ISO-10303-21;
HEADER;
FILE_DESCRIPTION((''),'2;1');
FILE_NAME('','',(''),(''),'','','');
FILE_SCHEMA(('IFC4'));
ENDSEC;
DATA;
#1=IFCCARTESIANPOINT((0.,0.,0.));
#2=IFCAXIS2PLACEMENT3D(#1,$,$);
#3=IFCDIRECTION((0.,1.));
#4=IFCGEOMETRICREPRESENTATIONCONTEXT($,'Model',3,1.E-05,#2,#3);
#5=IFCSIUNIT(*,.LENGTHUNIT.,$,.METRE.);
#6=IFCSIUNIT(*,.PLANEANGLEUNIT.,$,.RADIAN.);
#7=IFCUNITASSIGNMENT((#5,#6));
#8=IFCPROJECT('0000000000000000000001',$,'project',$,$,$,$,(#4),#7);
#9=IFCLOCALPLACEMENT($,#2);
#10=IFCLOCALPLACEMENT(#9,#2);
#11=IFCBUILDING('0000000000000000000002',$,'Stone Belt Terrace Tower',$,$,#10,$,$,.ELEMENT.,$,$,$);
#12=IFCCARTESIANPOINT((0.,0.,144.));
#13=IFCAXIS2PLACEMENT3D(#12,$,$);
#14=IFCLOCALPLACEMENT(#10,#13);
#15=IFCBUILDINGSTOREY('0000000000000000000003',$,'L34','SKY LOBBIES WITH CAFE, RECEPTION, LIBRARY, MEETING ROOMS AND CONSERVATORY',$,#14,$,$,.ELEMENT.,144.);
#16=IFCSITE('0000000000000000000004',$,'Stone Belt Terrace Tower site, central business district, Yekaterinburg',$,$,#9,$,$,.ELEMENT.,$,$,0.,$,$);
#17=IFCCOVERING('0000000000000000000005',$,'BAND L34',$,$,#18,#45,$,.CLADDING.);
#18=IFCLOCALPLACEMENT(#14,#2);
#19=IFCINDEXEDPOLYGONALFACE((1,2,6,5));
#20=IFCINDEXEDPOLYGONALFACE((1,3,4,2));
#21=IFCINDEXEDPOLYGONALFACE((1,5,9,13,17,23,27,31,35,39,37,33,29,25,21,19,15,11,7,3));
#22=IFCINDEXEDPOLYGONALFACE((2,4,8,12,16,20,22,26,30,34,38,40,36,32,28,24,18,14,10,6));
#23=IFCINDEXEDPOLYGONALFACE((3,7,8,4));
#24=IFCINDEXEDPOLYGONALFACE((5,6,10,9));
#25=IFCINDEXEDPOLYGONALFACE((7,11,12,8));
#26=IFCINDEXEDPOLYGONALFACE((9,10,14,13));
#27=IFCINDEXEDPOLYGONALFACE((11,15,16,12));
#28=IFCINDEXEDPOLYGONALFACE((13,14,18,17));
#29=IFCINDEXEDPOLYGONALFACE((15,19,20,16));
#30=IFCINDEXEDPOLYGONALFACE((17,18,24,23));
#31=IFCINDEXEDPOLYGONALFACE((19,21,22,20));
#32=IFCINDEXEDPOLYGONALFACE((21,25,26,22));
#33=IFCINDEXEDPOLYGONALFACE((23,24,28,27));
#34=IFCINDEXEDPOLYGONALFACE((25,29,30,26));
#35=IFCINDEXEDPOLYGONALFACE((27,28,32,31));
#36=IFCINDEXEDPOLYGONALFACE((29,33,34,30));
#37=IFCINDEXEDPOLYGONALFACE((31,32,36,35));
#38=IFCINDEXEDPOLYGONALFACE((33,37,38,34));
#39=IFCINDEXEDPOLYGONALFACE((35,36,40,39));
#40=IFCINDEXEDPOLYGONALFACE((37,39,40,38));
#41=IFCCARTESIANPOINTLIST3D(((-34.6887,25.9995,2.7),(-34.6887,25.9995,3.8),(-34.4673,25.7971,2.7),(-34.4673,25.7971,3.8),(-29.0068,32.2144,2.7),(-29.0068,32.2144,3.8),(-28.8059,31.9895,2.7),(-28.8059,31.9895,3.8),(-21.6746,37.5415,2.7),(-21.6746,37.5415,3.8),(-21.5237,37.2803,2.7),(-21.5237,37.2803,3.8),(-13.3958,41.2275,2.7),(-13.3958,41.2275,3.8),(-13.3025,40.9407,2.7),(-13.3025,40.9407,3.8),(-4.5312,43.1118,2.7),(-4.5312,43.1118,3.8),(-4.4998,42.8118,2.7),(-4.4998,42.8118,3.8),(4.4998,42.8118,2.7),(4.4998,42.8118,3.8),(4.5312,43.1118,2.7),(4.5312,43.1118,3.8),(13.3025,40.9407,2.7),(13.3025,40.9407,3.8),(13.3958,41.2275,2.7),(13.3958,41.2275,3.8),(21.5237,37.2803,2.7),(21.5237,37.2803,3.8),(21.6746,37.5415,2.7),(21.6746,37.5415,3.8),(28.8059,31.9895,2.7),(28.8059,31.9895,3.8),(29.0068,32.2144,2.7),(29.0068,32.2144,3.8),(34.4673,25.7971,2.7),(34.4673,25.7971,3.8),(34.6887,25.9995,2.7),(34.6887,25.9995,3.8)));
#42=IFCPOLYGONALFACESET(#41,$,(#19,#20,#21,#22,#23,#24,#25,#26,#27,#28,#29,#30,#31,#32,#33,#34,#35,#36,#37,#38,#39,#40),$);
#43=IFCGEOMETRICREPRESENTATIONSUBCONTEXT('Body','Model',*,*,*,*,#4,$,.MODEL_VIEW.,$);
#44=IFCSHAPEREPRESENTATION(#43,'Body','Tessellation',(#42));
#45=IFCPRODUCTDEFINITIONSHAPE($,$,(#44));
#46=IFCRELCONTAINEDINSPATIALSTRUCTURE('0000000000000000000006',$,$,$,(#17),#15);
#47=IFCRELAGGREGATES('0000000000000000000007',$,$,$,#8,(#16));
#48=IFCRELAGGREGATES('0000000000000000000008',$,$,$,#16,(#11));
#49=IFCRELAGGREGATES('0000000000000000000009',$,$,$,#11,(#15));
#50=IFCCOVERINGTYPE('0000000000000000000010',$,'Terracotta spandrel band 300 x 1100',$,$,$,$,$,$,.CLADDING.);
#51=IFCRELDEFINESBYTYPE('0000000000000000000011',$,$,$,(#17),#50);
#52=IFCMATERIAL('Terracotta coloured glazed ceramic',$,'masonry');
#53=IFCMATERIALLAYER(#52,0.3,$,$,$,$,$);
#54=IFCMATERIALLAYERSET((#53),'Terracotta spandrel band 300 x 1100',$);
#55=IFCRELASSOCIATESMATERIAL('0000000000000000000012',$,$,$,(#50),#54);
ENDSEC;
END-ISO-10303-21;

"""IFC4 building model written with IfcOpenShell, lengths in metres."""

from ifc_helpers import new_model, si_unit, direction, frame, origin, place, context, subcontext, project, spatial, polyline, outline, extrude, material, layer, layer_set, type_object, element, save


model = new_model("IFC4")

# Units and contexts
model_context = context("Model", 3, precision=1e-05, world=origin(), true_north=direction((0.0, 1.0)))
body_context = subcontext(model_context, "Body", "Model", "MODEL_VIEW")
ifc_project = project(units=[si_unit("LENGTHUNIT", "METRE"), si_unit("PLANEANGLEUNIT", "RADIAN")], contexts=[model_context])

# Site, building, storey
site_placement = place(None, origin())
site = spatial("IfcSite", under=ifc_project, at=site_placement, Name="Stone Belt Terrace Tower site, central business district, Yekaterinburg", CompositionType="ELEMENT", RefElevation=0.0)
building_placement = place(site_placement, origin())
building = spatial("IfcBuilding", under=site, at=building_placement, Name="Stone Belt Terrace Tower", CompositionType="ELEMENT")
storey_placement = place(building_placement, frame((0.0, 0.0, 144.0)))
storey = spatial("IfcBuildingStorey", under=building, at=storey_placement, Name="L34", Description="SKY LOBBIES WITH CAFE, RECEPTION, LIBRARY, MEETING ROOMS AND CONSERVATORY", CompositionType="ELEMENT", Elevation=144.0)

# Covering
ifc_material_1 = material(Name="Terracotta coloured glazed ceramic", Category="masonry")
ifc_layer_1 = layer(ifc_material_1, 0.3)
ifc_layer_set_1 = layer_set([ifc_layer_1], Name="Terracotta spandrel band 300 x 1100")
covering_type = type_object("IfcCoveringType", Name="Terracotta spandrel band 300 x 1100", PredefinedType="CLADDING", material=ifc_layer_set_1)
covering_placement = place(storey_placement, frame((0.0, 0.0, 2.7)))
element("IfcCovering", 1, at=covering_placement, inside=storey, type_object=covering_type, Name="BAND L34", PredefinedType="CLADDING", context=body_context, shape_type="SweptSolid", body=[
    extrude(outline(polyline([(-34.6887, 25.9995), (-29.0068, 32.2144), (-21.6746, 37.5415), (-13.3958, 41.2275), (-4.5312, 43.1118), (4.5312, 43.1118), (13.3958, 41.2275), (21.6746, 37.5415), (29.0068, 32.2144), (34.6887, 25.9995), (34.4673, 25.7971), (28.8059, 31.9895), (21.5237, 37.2803), (13.3025, 40.9407), (4.4998, 42.8118), (-4.4998, 42.8118), (-13.3025, 40.9407), (-21.5237, 37.2803), (-28.8059, 31.9895), (-34.4673, 25.7971), (-34.6887, 25.9995)])), origin(), (0.0, 0.0, 1.0), 1.1001),
])

save(model, "model.ifc")
